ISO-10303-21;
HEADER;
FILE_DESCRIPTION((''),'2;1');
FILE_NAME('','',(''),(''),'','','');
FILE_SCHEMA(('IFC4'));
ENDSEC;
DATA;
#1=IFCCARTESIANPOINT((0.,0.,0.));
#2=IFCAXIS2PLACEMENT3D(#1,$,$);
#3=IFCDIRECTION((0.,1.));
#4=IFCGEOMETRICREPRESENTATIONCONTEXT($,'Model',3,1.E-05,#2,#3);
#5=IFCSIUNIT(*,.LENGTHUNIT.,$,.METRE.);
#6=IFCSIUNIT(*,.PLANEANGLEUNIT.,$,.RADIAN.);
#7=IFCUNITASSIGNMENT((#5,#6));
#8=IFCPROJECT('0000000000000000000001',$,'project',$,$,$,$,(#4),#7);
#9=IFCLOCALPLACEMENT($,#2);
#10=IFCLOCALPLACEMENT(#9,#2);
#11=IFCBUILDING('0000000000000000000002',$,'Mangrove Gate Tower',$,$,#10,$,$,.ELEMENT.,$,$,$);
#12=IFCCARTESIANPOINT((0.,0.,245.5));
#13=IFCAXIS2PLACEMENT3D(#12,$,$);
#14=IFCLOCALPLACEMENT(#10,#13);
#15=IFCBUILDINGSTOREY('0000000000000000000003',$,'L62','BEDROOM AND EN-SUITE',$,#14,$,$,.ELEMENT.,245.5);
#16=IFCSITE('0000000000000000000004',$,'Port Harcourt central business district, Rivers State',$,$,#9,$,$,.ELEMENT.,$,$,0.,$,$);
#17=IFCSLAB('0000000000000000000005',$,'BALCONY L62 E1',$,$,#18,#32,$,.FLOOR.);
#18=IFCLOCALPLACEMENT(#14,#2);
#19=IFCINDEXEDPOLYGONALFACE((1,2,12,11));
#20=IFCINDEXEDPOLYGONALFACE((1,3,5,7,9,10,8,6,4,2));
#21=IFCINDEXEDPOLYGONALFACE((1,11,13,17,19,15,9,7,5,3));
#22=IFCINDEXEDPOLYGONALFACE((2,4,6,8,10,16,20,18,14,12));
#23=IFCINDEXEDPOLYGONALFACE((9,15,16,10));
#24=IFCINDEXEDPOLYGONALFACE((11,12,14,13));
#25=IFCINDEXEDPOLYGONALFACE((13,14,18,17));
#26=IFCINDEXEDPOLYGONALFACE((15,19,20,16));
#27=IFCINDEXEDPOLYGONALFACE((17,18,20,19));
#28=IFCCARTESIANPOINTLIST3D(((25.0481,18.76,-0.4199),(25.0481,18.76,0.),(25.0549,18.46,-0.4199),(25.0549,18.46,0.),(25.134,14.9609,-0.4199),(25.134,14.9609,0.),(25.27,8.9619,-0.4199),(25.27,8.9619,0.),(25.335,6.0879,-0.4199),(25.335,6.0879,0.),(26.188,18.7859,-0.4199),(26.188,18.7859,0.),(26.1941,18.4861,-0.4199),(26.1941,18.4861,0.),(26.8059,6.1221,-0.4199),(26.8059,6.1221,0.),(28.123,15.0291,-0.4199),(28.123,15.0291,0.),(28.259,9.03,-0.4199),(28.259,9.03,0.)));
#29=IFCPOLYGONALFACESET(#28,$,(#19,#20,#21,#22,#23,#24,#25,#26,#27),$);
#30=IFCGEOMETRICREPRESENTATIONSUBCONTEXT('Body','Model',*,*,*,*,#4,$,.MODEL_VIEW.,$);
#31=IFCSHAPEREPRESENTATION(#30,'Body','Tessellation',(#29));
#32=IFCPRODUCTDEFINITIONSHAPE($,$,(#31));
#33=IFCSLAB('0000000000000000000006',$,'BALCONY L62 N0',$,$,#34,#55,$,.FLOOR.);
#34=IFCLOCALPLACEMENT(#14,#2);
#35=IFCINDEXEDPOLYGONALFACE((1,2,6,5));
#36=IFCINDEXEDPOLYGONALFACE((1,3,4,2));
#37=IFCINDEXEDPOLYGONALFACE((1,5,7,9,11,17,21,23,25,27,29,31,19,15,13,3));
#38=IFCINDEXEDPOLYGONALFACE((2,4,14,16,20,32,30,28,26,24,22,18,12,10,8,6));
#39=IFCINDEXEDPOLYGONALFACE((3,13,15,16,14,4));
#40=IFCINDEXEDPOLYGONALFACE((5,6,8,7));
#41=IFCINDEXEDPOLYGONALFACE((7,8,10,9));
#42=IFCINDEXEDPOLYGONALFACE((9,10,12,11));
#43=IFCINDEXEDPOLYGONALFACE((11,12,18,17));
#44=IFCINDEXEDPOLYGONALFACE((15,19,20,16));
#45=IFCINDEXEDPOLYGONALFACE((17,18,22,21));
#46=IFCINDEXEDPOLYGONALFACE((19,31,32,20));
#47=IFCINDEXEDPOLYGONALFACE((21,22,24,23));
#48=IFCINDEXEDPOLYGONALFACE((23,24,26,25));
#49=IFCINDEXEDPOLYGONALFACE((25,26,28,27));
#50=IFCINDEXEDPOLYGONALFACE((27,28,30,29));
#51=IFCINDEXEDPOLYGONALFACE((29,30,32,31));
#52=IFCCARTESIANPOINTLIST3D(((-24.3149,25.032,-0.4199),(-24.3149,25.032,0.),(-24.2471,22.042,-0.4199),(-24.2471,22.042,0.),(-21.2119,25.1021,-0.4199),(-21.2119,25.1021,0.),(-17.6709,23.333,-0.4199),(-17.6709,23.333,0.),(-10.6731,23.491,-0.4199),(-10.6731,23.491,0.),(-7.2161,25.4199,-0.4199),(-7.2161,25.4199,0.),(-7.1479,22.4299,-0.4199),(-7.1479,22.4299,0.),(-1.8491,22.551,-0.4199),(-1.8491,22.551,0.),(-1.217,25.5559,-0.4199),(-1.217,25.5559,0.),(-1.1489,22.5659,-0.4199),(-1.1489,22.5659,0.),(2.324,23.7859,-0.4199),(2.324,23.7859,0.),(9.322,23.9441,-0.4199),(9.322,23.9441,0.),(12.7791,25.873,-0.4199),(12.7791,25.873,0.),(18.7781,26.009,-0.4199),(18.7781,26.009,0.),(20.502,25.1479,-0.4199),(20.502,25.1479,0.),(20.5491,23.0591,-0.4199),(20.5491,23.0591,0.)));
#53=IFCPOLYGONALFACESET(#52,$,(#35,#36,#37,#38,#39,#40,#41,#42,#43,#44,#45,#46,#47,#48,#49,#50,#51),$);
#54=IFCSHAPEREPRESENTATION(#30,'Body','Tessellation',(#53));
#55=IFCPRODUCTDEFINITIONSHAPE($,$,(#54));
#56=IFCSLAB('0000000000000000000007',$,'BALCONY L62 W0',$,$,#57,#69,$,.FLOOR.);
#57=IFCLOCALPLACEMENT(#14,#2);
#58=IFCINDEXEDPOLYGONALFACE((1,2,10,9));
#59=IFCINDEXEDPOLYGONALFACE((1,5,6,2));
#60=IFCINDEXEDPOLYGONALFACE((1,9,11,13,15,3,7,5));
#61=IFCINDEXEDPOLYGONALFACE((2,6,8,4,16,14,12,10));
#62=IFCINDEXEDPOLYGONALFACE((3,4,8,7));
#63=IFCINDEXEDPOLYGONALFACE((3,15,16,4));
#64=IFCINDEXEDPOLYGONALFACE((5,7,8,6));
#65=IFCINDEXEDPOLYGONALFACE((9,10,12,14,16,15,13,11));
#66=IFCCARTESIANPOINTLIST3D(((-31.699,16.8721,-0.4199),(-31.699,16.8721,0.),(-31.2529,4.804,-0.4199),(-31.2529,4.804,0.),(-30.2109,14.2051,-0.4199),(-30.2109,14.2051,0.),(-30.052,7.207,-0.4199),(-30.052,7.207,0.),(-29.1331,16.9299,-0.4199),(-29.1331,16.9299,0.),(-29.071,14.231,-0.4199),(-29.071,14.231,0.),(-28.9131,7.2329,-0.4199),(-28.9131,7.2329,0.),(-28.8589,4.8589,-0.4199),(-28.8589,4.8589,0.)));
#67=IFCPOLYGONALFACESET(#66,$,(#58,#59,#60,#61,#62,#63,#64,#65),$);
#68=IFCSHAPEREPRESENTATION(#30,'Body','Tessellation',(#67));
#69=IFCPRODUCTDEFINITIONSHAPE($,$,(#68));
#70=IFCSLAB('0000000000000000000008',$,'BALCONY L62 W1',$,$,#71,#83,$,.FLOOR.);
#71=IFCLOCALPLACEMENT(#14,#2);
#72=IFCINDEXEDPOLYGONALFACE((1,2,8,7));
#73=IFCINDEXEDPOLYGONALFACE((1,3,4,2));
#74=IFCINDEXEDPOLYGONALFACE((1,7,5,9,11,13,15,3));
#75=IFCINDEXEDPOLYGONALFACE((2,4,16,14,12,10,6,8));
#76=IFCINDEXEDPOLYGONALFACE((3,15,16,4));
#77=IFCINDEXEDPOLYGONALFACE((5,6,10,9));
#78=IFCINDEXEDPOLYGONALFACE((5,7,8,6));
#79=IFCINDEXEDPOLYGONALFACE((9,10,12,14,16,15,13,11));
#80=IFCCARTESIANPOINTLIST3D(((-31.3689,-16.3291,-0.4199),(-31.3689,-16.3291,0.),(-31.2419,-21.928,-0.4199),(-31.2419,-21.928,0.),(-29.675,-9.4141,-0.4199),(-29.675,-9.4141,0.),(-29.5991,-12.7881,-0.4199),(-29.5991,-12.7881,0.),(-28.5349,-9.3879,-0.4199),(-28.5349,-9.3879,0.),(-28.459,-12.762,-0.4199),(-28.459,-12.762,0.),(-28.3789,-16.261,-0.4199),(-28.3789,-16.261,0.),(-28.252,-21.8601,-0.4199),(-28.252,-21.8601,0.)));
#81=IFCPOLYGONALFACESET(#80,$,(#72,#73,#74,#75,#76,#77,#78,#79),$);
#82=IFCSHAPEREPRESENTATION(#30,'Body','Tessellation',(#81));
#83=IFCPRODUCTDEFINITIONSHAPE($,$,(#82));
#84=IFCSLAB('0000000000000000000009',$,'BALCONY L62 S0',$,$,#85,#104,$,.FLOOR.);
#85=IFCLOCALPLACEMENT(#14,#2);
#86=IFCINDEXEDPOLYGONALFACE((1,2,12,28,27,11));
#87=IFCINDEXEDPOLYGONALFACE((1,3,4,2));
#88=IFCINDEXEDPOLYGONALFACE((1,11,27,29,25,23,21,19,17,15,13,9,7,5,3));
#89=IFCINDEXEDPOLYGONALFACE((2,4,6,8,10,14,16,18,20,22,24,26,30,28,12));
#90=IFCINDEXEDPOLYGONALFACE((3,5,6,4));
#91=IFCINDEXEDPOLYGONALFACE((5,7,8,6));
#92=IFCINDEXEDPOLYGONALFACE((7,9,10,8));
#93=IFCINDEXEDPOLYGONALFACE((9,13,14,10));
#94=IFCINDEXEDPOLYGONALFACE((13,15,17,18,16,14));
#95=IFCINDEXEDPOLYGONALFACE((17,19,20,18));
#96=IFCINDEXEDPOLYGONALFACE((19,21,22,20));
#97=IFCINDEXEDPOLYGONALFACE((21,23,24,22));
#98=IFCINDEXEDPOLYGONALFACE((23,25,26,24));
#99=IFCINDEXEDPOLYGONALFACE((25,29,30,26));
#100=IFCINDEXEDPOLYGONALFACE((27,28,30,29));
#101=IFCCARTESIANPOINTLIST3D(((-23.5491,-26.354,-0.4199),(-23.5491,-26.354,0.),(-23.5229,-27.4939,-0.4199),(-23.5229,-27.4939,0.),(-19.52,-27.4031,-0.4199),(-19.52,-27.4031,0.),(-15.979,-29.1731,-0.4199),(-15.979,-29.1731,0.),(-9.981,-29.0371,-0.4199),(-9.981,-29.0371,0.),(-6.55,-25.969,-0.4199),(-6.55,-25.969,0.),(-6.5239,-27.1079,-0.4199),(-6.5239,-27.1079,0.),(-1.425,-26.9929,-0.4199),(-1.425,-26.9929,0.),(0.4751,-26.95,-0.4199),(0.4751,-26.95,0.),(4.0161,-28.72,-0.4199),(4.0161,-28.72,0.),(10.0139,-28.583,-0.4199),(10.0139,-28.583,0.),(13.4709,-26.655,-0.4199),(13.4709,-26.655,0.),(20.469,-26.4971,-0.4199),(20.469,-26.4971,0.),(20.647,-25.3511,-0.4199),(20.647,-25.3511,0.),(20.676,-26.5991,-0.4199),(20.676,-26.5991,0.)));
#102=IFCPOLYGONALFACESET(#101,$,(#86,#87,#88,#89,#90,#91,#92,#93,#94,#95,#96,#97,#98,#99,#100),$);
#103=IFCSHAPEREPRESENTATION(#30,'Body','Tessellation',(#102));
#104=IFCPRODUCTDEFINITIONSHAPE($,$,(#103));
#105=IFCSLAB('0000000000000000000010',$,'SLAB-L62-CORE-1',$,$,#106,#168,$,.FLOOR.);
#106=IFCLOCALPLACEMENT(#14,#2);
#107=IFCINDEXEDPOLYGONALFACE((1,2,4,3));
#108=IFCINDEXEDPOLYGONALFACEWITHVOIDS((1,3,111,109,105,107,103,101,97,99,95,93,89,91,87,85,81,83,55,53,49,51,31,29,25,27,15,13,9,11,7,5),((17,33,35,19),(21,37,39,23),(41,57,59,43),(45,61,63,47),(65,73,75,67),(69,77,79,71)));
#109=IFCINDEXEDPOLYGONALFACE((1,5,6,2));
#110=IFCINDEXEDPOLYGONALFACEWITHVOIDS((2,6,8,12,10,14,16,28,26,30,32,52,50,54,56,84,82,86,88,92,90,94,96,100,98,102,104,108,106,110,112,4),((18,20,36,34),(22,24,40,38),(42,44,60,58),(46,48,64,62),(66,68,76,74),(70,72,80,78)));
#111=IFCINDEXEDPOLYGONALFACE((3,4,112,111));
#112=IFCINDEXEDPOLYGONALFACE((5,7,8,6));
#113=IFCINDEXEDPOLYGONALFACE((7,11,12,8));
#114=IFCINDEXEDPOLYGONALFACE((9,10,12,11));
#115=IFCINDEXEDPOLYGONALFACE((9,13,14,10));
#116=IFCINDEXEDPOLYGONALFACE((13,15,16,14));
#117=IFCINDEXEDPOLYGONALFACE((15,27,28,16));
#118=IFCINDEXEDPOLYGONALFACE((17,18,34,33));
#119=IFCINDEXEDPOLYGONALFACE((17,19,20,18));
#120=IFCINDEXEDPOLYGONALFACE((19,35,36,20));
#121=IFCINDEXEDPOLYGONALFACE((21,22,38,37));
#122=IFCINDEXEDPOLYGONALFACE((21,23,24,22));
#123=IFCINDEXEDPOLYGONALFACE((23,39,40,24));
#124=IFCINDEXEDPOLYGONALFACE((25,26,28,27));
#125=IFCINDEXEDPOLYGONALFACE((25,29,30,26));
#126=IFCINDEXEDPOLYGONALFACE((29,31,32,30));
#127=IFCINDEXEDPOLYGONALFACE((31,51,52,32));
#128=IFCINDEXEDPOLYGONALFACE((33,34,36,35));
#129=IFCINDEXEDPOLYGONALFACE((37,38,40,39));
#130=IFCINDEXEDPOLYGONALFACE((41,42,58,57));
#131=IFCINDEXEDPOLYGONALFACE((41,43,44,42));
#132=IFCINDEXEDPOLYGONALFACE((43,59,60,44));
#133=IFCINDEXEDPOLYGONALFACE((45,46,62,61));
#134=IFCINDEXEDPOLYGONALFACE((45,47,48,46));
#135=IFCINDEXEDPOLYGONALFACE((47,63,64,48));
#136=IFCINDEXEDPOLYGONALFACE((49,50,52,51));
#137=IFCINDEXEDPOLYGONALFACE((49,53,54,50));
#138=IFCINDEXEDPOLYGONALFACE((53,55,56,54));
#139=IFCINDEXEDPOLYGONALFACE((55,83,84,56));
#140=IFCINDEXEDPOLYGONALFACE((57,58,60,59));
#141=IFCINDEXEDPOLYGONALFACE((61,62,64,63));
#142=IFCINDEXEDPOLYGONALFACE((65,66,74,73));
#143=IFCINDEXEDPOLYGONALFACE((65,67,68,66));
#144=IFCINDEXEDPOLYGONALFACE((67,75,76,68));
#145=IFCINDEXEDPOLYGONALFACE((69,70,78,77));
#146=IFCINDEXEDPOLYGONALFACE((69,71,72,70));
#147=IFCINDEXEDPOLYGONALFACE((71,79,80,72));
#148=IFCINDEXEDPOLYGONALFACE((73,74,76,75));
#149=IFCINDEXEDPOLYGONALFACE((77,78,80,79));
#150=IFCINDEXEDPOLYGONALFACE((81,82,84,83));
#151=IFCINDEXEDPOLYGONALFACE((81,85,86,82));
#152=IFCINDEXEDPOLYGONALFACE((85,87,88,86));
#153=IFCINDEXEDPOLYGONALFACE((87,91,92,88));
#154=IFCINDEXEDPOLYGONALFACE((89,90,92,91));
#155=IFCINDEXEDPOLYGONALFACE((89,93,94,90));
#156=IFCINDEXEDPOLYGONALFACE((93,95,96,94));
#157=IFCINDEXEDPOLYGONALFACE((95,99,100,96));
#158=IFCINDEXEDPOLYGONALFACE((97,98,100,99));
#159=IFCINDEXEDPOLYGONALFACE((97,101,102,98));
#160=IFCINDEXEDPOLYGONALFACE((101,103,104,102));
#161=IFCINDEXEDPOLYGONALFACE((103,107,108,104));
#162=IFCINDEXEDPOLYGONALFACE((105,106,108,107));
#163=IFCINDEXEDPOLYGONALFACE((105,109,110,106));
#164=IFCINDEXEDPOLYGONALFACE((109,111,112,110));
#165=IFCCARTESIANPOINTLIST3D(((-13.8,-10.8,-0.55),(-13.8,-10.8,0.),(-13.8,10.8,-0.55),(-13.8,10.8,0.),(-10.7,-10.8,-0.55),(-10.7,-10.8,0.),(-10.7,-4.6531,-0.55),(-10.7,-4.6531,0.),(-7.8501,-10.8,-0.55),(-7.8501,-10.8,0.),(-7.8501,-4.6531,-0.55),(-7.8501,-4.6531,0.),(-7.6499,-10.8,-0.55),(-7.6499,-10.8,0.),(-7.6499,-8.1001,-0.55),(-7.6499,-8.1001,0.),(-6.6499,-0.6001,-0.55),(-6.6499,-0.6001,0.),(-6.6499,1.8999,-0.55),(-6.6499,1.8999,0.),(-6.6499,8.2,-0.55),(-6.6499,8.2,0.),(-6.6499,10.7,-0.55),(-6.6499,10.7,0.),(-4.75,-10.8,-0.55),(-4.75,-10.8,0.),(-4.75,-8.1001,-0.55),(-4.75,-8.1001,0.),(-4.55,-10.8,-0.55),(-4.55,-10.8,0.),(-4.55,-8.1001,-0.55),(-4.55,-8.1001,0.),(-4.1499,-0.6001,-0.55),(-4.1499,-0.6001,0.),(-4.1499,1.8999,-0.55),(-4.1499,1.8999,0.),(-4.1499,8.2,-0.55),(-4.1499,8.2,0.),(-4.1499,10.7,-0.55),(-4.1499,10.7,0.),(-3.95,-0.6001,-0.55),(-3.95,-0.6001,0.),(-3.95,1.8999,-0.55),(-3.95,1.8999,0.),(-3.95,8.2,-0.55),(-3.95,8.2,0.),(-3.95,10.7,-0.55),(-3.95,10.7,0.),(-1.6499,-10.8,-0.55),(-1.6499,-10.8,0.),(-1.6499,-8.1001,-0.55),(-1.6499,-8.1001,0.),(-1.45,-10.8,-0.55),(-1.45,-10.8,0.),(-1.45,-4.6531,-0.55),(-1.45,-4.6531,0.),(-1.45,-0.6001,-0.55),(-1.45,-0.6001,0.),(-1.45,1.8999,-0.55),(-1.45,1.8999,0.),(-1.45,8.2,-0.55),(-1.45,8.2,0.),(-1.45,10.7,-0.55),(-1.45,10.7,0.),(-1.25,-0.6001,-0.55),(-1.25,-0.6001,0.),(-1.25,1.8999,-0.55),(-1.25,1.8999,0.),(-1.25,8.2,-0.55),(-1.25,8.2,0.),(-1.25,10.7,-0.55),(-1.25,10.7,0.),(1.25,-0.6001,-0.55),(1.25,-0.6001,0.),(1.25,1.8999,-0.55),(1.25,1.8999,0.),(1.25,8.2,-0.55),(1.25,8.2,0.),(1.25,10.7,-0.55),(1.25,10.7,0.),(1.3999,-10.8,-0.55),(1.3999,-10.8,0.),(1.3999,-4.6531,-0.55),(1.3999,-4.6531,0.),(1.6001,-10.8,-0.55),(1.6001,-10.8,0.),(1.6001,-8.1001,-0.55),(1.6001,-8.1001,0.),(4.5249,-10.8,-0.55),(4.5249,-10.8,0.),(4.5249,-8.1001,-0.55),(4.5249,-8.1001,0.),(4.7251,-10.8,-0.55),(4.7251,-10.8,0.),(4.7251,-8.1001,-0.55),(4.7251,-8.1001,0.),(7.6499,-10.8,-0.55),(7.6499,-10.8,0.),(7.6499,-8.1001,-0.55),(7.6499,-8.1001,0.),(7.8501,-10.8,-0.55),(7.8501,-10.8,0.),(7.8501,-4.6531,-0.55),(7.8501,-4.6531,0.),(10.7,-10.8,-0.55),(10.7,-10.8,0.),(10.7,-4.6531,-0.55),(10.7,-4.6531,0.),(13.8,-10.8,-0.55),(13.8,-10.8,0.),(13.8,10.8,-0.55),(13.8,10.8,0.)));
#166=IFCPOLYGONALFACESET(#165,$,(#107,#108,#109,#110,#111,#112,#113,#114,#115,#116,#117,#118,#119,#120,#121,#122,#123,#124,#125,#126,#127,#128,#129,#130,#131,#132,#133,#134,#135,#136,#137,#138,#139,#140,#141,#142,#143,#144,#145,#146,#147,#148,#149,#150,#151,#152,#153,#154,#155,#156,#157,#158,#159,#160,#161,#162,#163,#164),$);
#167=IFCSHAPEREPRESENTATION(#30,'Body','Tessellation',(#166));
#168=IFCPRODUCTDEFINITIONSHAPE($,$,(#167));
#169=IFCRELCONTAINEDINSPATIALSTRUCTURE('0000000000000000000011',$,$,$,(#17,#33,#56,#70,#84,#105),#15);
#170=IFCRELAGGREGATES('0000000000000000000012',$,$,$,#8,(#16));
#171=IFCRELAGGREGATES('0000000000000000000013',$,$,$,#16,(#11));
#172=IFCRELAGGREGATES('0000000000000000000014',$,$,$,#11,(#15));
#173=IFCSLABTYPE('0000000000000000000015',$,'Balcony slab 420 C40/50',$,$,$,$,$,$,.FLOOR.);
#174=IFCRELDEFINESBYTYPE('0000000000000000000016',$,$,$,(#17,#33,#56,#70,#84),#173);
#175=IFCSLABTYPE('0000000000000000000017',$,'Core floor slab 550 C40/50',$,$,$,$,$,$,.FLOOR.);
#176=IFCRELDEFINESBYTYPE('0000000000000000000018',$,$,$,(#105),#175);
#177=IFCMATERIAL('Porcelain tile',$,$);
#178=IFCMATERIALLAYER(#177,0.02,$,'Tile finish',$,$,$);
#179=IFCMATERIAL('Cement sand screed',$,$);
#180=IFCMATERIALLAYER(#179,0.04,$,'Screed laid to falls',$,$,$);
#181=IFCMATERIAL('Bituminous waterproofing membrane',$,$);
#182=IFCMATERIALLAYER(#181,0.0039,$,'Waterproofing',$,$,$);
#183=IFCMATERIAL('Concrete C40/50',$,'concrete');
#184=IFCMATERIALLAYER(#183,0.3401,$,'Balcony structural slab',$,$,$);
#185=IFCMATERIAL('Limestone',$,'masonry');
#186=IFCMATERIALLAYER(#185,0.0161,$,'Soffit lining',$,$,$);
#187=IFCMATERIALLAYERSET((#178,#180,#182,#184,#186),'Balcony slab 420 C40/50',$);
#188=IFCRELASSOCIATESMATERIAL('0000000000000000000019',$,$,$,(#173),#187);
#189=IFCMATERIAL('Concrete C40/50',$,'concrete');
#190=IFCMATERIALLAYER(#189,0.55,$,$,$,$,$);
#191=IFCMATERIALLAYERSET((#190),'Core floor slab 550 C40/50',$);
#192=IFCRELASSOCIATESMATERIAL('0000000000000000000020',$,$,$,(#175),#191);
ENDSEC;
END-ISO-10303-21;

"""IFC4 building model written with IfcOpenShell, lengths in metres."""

from ifc_helpers import new_model, si_unit, direction, frame, origin, place, context, subcontext, project, spatial, polyline, outline, extrude, material, layer, layer_set, type_object, element, save


model = new_model("IFC4")

# Units and contexts
model_context = context("Model", 3, precision=1e-05, world=origin(), true_north=direction((0.0, 1.0)))
body_context = subcontext(model_context, "Body", "Model", "MODEL_VIEW")
ifc_project = project(units=[si_unit("LENGTHUNIT", "METRE"), si_unit("PLANEANGLEUNIT", "RADIAN")], contexts=[model_context])

# Site, building, storey
site_placement = place(None, origin())
site = spatial("IfcSite", under=ifc_project, at=site_placement, Name="Port Harcourt central business district, Rivers State", CompositionType="ELEMENT", RefElevation=0.0)
building_placement = place(site_placement, origin())
building = spatial("IfcBuilding", under=site, at=building_placement, Name="Mangrove Gate Tower", CompositionType="ELEMENT")
storey_placement = place(building_placement, frame((0.0, 0.0, 245.5)))
storey = spatial("IfcBuildingStorey", under=building, at=storey_placement, Name="L62", Description="BEDROOM AND EN-SUITE", CompositionType="ELEMENT", Elevation=245.5)

# Slabs
ifc_material_1 = material(Name="Porcelain tile")
ifc_layer_1 = layer(ifc_material_1, 0.02, Name="Tile finish")
ifc_material_2 = material(Name="Cement sand screed")
ifc_layer_2 = layer(ifc_material_2, 0.04, Name="Screed laid to falls")
ifc_material_3 = material(Name="Bituminous waterproofing membrane")
ifc_layer_3 = layer(ifc_material_3, 0.0039, Name="Waterproofing")
ifc_material_4 = material(Name="Concrete C40/50", Category="concrete")
ifc_layer_4 = layer(ifc_material_4, 0.3401, Name="Balcony structural slab")
ifc_material_5 = material(Name="Limestone", Category="masonry")
ifc_layer_5 = layer(ifc_material_5, 0.0161, Name="Soffit lining")
ifc_layer_set_1 = layer_set([ifc_layer_1, ifc_layer_2, ifc_layer_3, ifc_layer_4, ifc_layer_5], Name="Balcony slab 420 C40/50")
slab_type_1 = type_object("IfcSlabType", Name="Balcony slab 420 C40/50", PredefinedType="FLOOR", material=ifc_layer_set_1)
slab_1_placement = place(storey_placement, frame((0.0, 0.0, -0.4199)))
element("IfcSlab", 1, at=slab_1_placement, inside=storey, type_object=slab_type_1, Name="BALCONY L62 E1", PredefinedType="FLOOR", context=body_context, shape_type="SweptSolid", body=[
    extrude(outline(polyline([(26.8059, 6.1221), (28.259, 9.03), (28.123, 15.0291), (26.1941, 18.4861), (26.188, 18.7859), (25.0481, 18.76), (25.0549, 18.46), (25.134, 14.9609), (25.27, 8.9619), (25.335, 6.0879), (26.8059, 6.1221)])), origin(), (0.0, 0.0, 1.0), 0.4199),
])
slab_2_placement = place(storey_placement, frame((0.0, 0.0, -0.4199)))
element("IfcSlab", 2, at=slab_2_placement, inside=storey, type_object=slab_type_1, Name="BALCONY L62 N0", PredefinedType="FLOOR", context=body_context, shape_type="SweptSolid", body=[
    extrude(outline(polyline([(20.502, 25.1479), (18.7781, 26.009), (12.7791, 25.873), (9.322, 23.9441), (2.324, 23.7859), (-1.217, 25.5559), (-7.2161, 25.4199), (-10.6731, 23.491), (-17.6709, 23.333), (-21.2119, 25.1021), (-24.3149, 25.032), (-24.2471, 22.042), (-7.1479, 22.4299), (-1.8491, 22.551), (-1.1489, 22.5659), (20.5491, 23.0591), (20.502, 25.1479)])), origin(), (0.0, 0.0, 1.0), 0.4199),
])
slab_3_placement = place(storey_placement, frame((0.0, 0.0, -0.4199)))
element("IfcSlab", 3, at=slab_3_placement, inside=storey, type_object=slab_type_1, Name="BALCONY L62 W0", PredefinedType="FLOOR", context=body_context, shape_type="SweptSolid", body=[
    extrude(outline(polyline([(-31.699, 16.8721), (-30.2109, 14.2051), (-30.052, 7.207), (-31.2529, 4.804), (-28.8589, 4.8589), (-28.9131, 7.2329), (-29.071, 14.231), (-29.1331, 16.9299), (-31.699, 16.8721)])), origin(), (0.0, 0.0, 1.0), 0.4199),
])
slab_4_placement = place(storey_placement, frame((0.0, 0.0, -0.4199)))
element("IfcSlab", 4, at=slab_4_placement, inside=storey, type_object=slab_type_1, Name="BALCONY L62 W1", PredefinedType="FLOOR", context=body_context, shape_type="SweptSolid", body=[
    extrude(outline(polyline([(-29.675, -9.4141), (-29.5991, -12.7881), (-31.3689, -16.3291), (-31.2419, -21.928), (-28.252, -21.8601), (-28.3789, -16.261), (-28.459, -12.762), (-28.5349, -9.3879), (-29.675, -9.4141)])), origin(), (0.0, 0.0, 1.0), 0.4199),
])
slab_5_placement = place(storey_placement, frame((0.0, 0.0, -0.4199)))
element("IfcSlab", 5, at=slab_5_placement, inside=storey, type_object=slab_type_1, Name="BALCONY L62 S0", PredefinedType="FLOOR", context=body_context, shape_type="SweptSolid", body=[
    extrude(outline(polyline([(-23.5229, -27.4939), (-19.52, -27.4031), (-15.979, -29.1731), (-9.981, -29.0371), (-6.5239, -27.1079), (-1.425, -26.9929), (0.4751, -26.95), (4.0161, -28.72), (10.0139, -28.583), (13.4709, -26.655), (20.469, -26.4971), (20.676, -26.5991), (20.647, -25.3511), (-6.55, -25.969), (-23.5491, -26.354), (-23.5229, -27.4939)])), origin(), (0.0, 0.0, 1.0), 0.4199),
])
ifc_material_6 = material(Name="Concrete C40/50", Category="concrete")
ifc_layer_6 = layer(ifc_material_6, 0.55)
ifc_layer_set_2 = layer_set([ifc_layer_6], Name="Core floor slab 550 C40/50")
slab_type_2 = type_object("IfcSlabType", Name="Core floor slab 550 C40/50", PredefinedType="FLOOR", material=ifc_layer_set_2)
slab_6_placement = place(storey_placement, frame((0.0, 0.0, -0.55)))
element("IfcSlab", 6, at=slab_6_placement, inside=storey, type_object=slab_type_2, Name="SLAB-L62-CORE-1", PredefinedType="FLOOR", context=body_context, shape_type="SweptSolid", body=[
    extrude(outline(polyline([(-13.8, -10.8), (-13.8, 10.8), (13.8, 10.8), (13.8, -10.8), (10.7, -10.8), (10.7, -4.6531), (7.8501, -4.6531), (7.8501, -10.8), (7.6499, -10.8), (7.6499, -8.1001), (4.7251, -8.1001), (4.7251, -10.8), (4.5249, -10.8), (4.5249, -8.1001), (1.6001, -8.1001), (1.6001, -10.8), (1.3999, -10.8), (1.3999, -4.6531), (-1.45, -4.6531), (-1.45, -10.8), (-1.6499, -10.8), (-1.6499, -8.1001), (-4.55, -8.1001), (-4.55, -10.8), (-4.75, -10.8), (-4.75, -8.1001), (-7.6499, -8.1001), (-7.6499, -10.8), (-7.8501, -10.8), (-7.8501, -4.6531), (-10.7, -4.6531), (-10.7, -10.8), (-13.8, -10.8)]), holes=[polyline([(-4.1499, 1.8999), (-6.6499, 1.8999), (-6.6499, -0.6001), (-4.1499, -0.6001), (-4.1499, 1.8999)]), polyline([(-1.45, -0.6001), (-1.45, 1.8999), (-3.95, 1.8999), (-3.95, -0.6001), (-1.45, -0.6001)]), polyline([(-4.1499, 8.2), (-4.1499, 10.7), (-6.6499, 10.7), (-6.6499, 8.2), (-4.1499, 8.2)]), polyline([(-1.45, 10.7), (-3.95, 10.7), (-3.95, 8.2), (-1.45, 8.2), (-1.45, 10.7)]), polyline([(1.25, -0.6001), (1.25, 1.8999), (-1.25, 1.8999), (-1.25, -0.6001), (1.25, -0.6001)]), polyline([(1.25, 8.2), (1.25, 10.7), (-1.25, 10.7), (-1.25, 8.2), (1.25, 8.2)])]), origin(), (0.0, 0.0, 1.0), 0.55),
])

save(model, "model.ifc")
